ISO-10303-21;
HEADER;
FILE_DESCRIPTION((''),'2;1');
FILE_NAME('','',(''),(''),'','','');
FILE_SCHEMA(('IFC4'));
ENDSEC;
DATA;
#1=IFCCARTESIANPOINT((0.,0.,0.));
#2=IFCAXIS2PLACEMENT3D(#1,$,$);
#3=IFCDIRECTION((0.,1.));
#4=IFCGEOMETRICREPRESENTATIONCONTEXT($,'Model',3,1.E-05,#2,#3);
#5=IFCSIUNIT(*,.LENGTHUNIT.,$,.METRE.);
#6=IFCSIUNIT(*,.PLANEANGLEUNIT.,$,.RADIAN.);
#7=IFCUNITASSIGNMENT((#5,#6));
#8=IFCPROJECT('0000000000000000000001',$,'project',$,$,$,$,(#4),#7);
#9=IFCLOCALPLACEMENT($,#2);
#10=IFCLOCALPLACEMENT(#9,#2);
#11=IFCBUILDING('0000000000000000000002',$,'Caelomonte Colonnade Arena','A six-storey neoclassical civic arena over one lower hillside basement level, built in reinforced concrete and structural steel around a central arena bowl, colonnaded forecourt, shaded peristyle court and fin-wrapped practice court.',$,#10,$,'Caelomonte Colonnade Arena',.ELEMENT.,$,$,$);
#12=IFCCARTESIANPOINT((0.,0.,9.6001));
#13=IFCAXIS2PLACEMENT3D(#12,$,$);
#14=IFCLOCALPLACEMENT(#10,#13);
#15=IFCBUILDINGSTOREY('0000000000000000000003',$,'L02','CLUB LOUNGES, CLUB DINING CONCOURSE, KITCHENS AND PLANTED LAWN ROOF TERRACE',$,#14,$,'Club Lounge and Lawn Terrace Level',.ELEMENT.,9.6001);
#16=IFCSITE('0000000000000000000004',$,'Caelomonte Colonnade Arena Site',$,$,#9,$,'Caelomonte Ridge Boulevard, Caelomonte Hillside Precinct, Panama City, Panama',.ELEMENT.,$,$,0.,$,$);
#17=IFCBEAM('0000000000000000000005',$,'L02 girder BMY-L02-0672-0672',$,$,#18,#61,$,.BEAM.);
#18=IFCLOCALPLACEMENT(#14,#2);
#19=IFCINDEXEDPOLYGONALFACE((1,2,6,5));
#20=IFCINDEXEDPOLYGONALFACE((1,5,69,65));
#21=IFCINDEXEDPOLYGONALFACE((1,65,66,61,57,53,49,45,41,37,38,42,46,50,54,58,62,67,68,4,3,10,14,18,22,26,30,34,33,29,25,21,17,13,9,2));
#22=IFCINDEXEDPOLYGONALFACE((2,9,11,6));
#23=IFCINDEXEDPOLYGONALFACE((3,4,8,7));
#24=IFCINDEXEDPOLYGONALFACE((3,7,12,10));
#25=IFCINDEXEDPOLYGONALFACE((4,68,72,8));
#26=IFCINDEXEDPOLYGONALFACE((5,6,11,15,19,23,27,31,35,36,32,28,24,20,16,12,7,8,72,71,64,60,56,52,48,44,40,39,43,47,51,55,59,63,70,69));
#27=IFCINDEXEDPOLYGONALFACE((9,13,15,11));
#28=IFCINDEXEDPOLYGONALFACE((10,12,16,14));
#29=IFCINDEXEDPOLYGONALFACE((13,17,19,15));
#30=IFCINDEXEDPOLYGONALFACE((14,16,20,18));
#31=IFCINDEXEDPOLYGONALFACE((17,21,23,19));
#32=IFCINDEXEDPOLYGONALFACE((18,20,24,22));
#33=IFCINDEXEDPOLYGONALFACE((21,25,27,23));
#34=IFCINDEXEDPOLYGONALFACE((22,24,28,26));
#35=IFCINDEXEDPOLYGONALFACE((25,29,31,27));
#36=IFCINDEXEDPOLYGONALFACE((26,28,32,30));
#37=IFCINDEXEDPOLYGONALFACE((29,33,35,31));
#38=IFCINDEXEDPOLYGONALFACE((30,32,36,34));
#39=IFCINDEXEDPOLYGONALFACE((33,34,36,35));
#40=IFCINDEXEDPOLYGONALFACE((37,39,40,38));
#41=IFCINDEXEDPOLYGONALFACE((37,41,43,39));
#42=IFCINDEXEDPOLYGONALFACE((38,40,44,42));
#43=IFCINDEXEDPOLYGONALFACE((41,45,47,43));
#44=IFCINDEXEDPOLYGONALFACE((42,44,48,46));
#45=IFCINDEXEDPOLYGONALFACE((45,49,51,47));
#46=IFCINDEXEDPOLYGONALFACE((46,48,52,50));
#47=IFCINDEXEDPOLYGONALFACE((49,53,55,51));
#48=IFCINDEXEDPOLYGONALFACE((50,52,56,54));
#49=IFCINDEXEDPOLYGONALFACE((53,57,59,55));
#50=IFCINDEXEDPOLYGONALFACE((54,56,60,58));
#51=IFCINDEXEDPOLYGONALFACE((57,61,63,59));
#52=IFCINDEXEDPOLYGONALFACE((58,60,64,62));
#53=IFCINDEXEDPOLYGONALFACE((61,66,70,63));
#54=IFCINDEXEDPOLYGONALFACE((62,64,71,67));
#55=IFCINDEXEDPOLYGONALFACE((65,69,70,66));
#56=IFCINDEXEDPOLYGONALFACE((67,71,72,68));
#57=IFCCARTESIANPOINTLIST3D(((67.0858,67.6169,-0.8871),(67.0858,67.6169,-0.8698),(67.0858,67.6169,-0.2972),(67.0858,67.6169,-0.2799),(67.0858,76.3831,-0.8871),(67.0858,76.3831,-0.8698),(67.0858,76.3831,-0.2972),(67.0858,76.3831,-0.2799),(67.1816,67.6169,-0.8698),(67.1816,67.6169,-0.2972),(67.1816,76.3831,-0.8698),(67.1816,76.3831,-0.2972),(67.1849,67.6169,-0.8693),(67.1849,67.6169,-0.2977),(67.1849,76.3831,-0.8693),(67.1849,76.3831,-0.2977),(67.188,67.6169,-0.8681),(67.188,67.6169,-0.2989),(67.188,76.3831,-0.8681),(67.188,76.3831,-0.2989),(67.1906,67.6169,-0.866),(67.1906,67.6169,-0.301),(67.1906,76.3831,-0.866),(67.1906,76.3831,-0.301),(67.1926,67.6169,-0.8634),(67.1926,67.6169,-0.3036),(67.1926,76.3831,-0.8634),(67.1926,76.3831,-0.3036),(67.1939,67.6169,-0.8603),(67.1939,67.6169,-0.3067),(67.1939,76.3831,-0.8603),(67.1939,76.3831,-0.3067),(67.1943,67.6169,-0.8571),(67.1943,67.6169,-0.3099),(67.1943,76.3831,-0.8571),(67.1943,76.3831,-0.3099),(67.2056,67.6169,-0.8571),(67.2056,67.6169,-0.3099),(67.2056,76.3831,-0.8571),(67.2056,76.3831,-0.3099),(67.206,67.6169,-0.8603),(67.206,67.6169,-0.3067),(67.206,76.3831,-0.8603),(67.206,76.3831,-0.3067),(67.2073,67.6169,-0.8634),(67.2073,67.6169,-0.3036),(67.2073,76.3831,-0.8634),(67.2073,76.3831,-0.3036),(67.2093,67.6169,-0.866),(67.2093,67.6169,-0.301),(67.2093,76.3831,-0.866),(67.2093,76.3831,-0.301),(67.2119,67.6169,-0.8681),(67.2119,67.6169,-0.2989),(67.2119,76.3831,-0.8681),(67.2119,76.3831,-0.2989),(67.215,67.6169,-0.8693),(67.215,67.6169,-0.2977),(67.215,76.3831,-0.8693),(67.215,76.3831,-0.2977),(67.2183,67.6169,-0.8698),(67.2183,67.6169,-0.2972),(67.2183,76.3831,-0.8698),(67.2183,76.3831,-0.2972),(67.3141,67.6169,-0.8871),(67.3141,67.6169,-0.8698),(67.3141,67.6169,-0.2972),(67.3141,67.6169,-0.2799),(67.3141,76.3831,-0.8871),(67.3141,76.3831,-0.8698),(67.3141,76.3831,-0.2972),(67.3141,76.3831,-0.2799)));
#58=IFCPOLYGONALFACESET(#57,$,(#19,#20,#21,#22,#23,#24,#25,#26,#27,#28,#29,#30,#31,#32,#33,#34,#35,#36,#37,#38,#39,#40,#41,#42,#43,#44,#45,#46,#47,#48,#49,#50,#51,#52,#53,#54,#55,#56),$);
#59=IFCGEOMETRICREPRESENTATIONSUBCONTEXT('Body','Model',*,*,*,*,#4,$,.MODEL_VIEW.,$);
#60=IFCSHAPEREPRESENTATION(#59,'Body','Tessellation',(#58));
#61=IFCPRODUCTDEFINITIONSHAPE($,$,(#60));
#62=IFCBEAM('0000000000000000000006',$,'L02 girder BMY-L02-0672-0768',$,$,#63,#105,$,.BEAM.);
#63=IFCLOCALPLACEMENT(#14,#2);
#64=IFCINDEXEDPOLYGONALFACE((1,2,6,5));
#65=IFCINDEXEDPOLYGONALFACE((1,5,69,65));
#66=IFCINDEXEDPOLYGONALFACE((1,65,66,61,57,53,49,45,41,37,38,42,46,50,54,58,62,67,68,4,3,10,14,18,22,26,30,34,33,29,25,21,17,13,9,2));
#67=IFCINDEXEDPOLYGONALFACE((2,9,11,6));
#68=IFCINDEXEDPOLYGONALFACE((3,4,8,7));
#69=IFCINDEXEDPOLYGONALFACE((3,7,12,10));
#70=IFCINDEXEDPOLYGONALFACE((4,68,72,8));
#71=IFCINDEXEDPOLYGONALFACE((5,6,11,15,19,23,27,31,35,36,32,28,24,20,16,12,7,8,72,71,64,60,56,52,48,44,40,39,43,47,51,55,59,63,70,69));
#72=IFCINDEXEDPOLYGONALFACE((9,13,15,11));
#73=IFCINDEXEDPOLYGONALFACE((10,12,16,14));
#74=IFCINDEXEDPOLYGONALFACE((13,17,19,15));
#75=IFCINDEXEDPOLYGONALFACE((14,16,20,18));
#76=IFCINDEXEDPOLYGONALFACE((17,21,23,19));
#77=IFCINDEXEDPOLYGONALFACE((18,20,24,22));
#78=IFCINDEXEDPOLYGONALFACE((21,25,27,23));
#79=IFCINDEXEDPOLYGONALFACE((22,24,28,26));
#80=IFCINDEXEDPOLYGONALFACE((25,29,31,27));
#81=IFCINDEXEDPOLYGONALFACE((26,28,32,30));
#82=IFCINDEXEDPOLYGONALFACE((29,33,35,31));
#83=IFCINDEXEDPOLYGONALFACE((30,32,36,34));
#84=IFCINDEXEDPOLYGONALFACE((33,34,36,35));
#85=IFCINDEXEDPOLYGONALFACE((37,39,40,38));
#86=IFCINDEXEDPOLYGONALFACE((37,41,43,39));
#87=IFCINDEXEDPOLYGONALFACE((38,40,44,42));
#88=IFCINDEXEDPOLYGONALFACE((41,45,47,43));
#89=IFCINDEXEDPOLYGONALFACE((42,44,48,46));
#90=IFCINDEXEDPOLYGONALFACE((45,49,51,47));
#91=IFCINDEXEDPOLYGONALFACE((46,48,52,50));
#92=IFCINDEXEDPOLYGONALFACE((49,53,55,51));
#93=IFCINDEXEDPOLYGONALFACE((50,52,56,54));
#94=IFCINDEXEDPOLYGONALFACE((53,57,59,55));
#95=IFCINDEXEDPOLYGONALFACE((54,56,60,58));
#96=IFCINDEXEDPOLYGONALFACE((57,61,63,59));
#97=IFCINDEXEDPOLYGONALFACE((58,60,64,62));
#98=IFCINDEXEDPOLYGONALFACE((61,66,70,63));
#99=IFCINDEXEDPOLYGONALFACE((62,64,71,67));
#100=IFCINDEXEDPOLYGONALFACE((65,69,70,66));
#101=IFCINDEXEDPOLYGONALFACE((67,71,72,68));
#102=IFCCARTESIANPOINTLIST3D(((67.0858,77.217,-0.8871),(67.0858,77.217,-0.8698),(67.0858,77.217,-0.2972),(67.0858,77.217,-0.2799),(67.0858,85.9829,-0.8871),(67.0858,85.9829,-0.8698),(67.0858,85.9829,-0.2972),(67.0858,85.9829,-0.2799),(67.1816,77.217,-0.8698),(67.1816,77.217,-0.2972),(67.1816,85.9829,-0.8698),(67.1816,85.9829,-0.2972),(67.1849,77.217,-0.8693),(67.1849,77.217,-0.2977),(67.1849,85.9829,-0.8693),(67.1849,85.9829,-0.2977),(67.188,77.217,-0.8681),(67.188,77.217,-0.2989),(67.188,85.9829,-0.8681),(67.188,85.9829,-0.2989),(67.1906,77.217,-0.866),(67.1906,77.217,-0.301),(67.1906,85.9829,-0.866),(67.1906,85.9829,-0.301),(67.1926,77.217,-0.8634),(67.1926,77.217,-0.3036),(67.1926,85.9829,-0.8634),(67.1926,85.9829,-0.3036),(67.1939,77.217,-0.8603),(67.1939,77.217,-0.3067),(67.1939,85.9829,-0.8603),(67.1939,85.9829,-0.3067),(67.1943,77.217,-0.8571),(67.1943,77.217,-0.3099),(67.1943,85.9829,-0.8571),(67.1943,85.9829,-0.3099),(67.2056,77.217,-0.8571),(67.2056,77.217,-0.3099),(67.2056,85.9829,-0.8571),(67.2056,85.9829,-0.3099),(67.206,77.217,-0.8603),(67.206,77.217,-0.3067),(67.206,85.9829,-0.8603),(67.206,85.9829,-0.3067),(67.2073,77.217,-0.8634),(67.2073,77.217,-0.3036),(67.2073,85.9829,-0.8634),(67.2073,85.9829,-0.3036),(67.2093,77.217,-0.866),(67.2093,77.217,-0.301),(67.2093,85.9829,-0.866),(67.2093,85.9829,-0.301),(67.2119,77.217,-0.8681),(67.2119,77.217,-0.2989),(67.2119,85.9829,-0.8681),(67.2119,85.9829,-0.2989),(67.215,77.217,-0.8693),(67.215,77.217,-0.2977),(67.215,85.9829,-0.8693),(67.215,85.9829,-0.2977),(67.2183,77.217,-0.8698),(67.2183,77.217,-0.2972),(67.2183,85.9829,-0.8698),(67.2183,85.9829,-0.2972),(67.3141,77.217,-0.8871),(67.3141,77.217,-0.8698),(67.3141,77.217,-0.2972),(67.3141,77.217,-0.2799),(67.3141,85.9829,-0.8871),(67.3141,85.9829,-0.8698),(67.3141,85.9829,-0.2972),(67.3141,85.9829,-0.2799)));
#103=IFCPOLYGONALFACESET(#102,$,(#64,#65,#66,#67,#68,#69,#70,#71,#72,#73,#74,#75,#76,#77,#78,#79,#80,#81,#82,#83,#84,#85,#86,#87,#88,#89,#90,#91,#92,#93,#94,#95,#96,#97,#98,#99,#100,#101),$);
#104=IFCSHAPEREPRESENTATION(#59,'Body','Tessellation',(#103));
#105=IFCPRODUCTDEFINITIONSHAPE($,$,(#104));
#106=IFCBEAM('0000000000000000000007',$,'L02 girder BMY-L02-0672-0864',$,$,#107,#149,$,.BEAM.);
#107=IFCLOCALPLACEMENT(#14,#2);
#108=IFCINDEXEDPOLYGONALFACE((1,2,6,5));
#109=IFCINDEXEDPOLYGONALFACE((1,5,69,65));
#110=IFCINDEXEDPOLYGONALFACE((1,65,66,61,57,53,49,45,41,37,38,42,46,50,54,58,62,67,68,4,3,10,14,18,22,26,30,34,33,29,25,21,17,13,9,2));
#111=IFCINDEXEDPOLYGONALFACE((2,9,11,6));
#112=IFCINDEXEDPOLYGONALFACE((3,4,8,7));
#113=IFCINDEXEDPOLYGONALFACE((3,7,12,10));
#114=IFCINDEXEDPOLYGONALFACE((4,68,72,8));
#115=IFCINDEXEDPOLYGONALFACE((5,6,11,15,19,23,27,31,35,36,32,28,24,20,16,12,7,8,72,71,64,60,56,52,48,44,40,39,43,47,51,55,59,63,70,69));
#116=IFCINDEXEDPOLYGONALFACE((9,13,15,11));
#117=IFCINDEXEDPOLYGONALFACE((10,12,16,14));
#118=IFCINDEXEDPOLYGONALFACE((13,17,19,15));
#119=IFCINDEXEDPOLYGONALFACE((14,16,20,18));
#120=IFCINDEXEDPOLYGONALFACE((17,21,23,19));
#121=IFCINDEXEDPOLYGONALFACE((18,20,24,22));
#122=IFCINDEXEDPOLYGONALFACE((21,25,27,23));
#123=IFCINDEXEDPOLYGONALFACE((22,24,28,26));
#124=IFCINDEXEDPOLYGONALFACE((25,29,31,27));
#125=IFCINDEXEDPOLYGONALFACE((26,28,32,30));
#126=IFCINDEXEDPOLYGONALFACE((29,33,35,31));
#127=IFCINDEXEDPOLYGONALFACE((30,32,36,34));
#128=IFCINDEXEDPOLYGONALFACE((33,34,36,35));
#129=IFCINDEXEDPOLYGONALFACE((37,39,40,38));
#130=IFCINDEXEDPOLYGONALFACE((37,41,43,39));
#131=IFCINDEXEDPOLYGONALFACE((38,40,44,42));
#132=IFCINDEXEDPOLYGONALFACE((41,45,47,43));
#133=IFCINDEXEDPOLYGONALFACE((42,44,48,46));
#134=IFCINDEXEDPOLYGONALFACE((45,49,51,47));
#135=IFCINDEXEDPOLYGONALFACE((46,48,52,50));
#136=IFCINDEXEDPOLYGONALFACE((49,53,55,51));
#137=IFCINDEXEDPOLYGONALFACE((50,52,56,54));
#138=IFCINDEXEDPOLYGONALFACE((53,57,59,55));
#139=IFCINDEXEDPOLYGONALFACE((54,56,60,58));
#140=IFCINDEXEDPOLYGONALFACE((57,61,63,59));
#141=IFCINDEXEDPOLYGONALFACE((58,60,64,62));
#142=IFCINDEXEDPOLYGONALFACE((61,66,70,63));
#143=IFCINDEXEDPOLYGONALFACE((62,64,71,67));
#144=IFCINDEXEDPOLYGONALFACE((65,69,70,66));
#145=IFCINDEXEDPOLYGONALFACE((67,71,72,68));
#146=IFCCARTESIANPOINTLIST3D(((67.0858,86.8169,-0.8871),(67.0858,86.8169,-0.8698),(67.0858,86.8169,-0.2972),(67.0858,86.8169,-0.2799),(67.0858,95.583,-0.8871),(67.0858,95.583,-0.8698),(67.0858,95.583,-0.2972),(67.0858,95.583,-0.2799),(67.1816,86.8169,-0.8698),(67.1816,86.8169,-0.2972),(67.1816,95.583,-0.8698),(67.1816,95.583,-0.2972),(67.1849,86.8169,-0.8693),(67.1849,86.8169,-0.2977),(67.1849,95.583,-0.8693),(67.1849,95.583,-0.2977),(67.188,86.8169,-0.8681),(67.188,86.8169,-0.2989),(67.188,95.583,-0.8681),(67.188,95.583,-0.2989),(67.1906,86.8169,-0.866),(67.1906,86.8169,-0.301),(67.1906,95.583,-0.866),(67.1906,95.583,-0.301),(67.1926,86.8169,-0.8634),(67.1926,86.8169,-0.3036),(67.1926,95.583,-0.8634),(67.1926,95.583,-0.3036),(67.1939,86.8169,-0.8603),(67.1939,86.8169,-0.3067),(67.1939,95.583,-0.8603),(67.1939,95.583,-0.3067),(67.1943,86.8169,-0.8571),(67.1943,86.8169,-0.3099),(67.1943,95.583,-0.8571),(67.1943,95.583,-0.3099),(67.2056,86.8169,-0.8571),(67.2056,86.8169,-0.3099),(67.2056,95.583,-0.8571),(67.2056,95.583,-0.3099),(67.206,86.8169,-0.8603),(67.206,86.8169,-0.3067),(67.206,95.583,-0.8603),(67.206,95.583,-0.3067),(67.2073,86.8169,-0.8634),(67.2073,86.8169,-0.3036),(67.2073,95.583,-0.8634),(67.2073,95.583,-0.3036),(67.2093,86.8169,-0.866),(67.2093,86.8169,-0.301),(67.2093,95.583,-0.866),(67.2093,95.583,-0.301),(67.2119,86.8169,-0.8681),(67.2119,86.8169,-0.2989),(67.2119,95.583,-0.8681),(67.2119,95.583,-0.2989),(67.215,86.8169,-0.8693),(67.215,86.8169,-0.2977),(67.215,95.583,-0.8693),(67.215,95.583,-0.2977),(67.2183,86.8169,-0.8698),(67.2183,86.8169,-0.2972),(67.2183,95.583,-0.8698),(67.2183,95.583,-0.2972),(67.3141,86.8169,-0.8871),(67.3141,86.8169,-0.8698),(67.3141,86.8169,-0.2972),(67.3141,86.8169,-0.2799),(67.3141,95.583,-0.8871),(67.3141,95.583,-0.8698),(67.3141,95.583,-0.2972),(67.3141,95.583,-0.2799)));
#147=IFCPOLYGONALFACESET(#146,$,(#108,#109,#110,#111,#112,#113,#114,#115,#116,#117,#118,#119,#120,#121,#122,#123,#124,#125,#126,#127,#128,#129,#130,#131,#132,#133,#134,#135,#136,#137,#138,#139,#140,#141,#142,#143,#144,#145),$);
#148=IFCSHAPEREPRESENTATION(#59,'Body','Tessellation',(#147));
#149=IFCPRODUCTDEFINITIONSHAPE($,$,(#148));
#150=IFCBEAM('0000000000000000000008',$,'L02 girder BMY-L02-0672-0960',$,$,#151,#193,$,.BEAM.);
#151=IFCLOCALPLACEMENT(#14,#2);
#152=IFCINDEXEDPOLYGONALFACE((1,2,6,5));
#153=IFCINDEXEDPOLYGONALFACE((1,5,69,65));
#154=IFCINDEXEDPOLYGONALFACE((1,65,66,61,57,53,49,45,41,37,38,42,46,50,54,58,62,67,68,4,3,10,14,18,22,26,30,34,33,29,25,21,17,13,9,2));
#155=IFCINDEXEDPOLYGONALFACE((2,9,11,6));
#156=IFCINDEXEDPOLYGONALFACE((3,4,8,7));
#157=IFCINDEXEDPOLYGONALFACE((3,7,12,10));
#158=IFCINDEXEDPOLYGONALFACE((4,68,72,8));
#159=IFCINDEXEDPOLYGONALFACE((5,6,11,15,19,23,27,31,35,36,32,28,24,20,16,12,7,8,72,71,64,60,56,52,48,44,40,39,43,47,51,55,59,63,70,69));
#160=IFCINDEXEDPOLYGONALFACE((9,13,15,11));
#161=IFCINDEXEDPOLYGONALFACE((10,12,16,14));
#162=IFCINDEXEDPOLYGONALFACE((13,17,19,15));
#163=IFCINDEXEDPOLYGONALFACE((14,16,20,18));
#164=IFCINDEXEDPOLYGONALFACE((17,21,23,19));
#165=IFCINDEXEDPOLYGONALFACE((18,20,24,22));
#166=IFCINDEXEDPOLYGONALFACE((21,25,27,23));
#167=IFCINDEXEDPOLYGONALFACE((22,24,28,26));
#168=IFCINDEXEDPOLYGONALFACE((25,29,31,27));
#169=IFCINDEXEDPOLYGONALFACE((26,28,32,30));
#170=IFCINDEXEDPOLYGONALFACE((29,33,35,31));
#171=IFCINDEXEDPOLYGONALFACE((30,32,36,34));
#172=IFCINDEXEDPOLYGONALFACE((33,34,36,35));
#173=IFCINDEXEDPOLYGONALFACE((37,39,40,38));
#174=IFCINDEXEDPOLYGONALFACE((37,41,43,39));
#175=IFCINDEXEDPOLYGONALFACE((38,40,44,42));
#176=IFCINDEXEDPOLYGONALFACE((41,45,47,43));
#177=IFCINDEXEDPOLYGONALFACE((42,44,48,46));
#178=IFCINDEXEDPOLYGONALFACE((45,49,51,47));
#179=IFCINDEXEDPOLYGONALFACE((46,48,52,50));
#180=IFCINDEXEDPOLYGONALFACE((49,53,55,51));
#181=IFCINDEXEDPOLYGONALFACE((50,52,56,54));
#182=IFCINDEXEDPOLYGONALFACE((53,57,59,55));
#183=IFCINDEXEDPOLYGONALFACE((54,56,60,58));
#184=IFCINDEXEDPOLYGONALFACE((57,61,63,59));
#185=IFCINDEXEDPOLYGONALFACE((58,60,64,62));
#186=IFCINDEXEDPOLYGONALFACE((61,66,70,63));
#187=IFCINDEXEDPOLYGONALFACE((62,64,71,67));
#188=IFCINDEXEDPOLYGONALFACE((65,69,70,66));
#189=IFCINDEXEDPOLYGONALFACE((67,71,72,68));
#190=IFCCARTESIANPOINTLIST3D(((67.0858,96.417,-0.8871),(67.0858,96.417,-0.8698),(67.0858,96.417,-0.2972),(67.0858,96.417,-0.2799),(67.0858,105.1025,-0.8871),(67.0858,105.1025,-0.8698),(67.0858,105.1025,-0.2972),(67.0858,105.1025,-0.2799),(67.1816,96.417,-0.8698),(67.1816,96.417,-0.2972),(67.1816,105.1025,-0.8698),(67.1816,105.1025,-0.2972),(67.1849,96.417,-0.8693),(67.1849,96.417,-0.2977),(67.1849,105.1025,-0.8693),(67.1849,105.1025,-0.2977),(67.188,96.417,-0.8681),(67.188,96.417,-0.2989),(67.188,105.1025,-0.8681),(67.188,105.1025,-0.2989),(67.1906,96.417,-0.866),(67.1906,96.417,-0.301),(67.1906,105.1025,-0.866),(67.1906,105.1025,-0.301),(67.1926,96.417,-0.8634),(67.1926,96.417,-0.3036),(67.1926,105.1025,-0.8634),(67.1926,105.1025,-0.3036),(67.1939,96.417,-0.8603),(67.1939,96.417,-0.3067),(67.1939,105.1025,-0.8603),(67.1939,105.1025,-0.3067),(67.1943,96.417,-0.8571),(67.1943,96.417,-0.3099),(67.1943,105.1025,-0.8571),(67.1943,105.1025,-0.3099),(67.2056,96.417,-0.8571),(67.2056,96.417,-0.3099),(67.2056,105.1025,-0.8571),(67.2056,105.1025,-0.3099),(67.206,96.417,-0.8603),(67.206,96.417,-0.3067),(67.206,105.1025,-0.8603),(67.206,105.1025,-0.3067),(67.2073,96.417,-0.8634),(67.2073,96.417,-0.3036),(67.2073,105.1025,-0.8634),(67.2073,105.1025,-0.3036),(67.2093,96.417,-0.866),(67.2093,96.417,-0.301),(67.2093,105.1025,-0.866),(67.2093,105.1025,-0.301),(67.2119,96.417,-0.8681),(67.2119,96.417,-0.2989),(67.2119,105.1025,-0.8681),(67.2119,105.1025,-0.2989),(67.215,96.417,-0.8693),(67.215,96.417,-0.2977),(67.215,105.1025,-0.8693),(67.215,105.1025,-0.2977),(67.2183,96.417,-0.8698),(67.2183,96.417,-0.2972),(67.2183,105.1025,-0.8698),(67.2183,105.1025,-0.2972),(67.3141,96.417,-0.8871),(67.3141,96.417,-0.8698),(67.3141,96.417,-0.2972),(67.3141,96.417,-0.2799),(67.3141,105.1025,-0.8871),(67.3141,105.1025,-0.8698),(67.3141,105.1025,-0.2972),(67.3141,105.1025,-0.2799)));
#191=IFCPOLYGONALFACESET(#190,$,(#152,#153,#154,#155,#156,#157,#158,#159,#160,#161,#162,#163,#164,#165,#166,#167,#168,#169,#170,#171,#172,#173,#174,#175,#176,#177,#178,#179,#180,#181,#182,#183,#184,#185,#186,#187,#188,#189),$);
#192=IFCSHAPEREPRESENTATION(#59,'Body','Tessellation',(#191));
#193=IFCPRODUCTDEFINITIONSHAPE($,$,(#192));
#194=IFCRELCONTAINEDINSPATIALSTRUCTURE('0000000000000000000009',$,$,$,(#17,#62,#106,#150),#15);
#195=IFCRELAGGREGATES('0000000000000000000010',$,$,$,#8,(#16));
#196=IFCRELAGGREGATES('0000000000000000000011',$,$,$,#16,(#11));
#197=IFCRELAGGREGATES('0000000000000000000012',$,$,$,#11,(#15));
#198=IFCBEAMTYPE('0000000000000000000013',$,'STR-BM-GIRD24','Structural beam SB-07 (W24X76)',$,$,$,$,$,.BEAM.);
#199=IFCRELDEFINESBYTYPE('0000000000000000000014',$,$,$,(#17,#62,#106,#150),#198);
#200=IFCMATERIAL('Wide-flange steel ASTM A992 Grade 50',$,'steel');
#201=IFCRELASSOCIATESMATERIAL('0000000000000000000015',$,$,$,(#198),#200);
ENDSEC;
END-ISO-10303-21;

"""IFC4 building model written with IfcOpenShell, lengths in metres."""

from ifc_helpers import new_model, si_unit, direction, frame, origin, origin_2d, place, context, subcontext, project, spatial, i_section, extrude, material, material_profile, profile_set, type_object, element, save


model = new_model("IFC4")

# Units and contexts
model_context = context("Model", 3, precision=1e-05, world=origin(), true_north=direction((0.0, 1.0)))
body_context = subcontext(model_context, "Body", "Model", "MODEL_VIEW")
ifc_project = project(units=[si_unit("LENGTHUNIT", "METRE"), si_unit("PLANEANGLEUNIT", "RADIAN")], contexts=[model_context])

# Site, building, storey
site_placement = place(None, origin())
site = spatial("IfcSite", under=ifc_project, at=site_placement, Name="Caelomonte Colonnade Arena Site", LongName="Caelomonte Ridge Boulevard, Caelomonte Hillside Precinct, Panama City, Panama", CompositionType="ELEMENT", RefElevation=0.0)
building_placement = place(site_placement, origin())
building = spatial("IfcBuilding", under=site, at=building_placement, Name="Caelomonte Colonnade Arena", Description="A six-storey neoclassical civic arena over one lower hillside basement level, built in reinforced concrete and structural steel around a central arena bowl, colonnaded forecourt, shaded peristyle court and fin-wrapped practice court.", LongName="Caelomonte Colonnade Arena", CompositionType="ELEMENT")
storey_placement = place(building_placement, frame((0.0, 0.0, 9.6001)))
storey = spatial("IfcBuildingStorey", under=building, at=storey_placement, Name="L02", Description="CLUB LOUNGES, CLUB DINING CONCOURSE, KITCHENS AND PLANTED LAWN ROOF TERRACE", LongName="Club Lounge and Lawn Terrace Level", CompositionType="ELEMENT", Elevation=9.6001)

# Shared definitions
ifc_material_1 = material(Name="Wide-flange steel ASTM A992 Grade 50", Category="steel")

# Beams
ifc_material_profile_1 = material_profile(ifc_material_1, i_section(OverallWidth=0.2283, OverallDepth=0.6072, WebThickness=0.0112, FlangeThickness=0.0173, FilletRadius=0.0127, at=origin_2d()), Name="W24X76")
ifc_profile_set_1 = profile_set([ifc_material_profile_1], Name="Wide-flange steel ASTM A992 Grade 50")
beam_type_1 = type_object("IfcBeamType", Name="STR-BM-GIRD24", Description="Structural beam SB-07 (W24X76)", PredefinedType="BEAM", material=ifc_profile_set_1)
beam_1_placement = place(storey_placement, frame((67.2, 67.6169, -0.5835), z_axis=(0.0, 1.0, 0.0), x_axis=(-1.0, 0.0, 0.0)))
element("IfcBeam", 1, at=beam_1_placement, inside=storey, type_object=beam_type_1, Name="L02 girder BMY-L02-0672-0672", PredefinedType="BEAM", context=body_context, shape_type="SweptSolid", body=[
    extrude(i_section(OverallWidth=0.2283, OverallDepth=0.6072, WebThickness=0.0112, FlangeThickness=0.0173, FilletRadius=0.0127, at=origin_2d()), origin(), (0.0, 0.0, 1.0), 8.7661),
])
beam_2_placement = place(storey_placement, frame((67.2, 77.217, -0.5835), z_axis=(0.0, 1.0, 0.0), x_axis=(-1.0, 0.0, 0.0)))
element("IfcBeam", 2, at=beam_2_placement, inside=storey, type_object=beam_type_1, Name="L02 girder BMY-L02-0672-0768", PredefinedType="BEAM", context=body_context, shape_type="SweptSolid", body=[
    extrude(i_section(OverallWidth=0.2283, OverallDepth=0.6072, WebThickness=0.0112, FlangeThickness=0.0173, FilletRadius=0.0127, at=origin_2d()), origin(), (0.0, 0.0, 1.0), 8.7659),
])
beam_3_placement = place(storey_placement, frame((67.2, 86.8169, -0.5835), z_axis=(0.0, 1.0, 0.0), x_axis=(-1.0, 0.0, 0.0)))
element("IfcBeam", 3, at=beam_3_placement, inside=storey, type_object=beam_type_1, Name="L02 girder BMY-L02-0672-0864", PredefinedType="BEAM", context=body_context, shape_type="SweptSolid", body=[
    extrude(i_section(OverallWidth=0.2283, OverallDepth=0.6072, WebThickness=0.0112, FlangeThickness=0.0173, FilletRadius=0.0127, at=origin_2d()), origin(), (0.0, 0.0, 1.0), 8.7661),
])
for number, where, z_axis, x_axis, name in (
    (4, (67.2, 96.417, -0.5835), (0.0, 1.0, 0.0), (-1.0, 0.0, 0.0), "L02 girder BMY-L02-0672-0960"),
):
    element("IfcBeam", number, at=place(storey_placement, frame(where, z_axis=z_axis, x_axis=x_axis)), inside=storey, type_object=beam_type_1, Name=name, PredefinedType="BEAM", context=body_context, shape_type="SweptSolid", body=[
        extrude(i_section(OverallWidth=0.2283, OverallDepth=0.6072, WebThickness=0.0112, FlangeThickness=0.0173, FilletRadius=0.0127, at=origin_2d()), origin(), (0.0, 0.0, 1.0), 8.6855),
    ])

save(model, "model.ifc")
